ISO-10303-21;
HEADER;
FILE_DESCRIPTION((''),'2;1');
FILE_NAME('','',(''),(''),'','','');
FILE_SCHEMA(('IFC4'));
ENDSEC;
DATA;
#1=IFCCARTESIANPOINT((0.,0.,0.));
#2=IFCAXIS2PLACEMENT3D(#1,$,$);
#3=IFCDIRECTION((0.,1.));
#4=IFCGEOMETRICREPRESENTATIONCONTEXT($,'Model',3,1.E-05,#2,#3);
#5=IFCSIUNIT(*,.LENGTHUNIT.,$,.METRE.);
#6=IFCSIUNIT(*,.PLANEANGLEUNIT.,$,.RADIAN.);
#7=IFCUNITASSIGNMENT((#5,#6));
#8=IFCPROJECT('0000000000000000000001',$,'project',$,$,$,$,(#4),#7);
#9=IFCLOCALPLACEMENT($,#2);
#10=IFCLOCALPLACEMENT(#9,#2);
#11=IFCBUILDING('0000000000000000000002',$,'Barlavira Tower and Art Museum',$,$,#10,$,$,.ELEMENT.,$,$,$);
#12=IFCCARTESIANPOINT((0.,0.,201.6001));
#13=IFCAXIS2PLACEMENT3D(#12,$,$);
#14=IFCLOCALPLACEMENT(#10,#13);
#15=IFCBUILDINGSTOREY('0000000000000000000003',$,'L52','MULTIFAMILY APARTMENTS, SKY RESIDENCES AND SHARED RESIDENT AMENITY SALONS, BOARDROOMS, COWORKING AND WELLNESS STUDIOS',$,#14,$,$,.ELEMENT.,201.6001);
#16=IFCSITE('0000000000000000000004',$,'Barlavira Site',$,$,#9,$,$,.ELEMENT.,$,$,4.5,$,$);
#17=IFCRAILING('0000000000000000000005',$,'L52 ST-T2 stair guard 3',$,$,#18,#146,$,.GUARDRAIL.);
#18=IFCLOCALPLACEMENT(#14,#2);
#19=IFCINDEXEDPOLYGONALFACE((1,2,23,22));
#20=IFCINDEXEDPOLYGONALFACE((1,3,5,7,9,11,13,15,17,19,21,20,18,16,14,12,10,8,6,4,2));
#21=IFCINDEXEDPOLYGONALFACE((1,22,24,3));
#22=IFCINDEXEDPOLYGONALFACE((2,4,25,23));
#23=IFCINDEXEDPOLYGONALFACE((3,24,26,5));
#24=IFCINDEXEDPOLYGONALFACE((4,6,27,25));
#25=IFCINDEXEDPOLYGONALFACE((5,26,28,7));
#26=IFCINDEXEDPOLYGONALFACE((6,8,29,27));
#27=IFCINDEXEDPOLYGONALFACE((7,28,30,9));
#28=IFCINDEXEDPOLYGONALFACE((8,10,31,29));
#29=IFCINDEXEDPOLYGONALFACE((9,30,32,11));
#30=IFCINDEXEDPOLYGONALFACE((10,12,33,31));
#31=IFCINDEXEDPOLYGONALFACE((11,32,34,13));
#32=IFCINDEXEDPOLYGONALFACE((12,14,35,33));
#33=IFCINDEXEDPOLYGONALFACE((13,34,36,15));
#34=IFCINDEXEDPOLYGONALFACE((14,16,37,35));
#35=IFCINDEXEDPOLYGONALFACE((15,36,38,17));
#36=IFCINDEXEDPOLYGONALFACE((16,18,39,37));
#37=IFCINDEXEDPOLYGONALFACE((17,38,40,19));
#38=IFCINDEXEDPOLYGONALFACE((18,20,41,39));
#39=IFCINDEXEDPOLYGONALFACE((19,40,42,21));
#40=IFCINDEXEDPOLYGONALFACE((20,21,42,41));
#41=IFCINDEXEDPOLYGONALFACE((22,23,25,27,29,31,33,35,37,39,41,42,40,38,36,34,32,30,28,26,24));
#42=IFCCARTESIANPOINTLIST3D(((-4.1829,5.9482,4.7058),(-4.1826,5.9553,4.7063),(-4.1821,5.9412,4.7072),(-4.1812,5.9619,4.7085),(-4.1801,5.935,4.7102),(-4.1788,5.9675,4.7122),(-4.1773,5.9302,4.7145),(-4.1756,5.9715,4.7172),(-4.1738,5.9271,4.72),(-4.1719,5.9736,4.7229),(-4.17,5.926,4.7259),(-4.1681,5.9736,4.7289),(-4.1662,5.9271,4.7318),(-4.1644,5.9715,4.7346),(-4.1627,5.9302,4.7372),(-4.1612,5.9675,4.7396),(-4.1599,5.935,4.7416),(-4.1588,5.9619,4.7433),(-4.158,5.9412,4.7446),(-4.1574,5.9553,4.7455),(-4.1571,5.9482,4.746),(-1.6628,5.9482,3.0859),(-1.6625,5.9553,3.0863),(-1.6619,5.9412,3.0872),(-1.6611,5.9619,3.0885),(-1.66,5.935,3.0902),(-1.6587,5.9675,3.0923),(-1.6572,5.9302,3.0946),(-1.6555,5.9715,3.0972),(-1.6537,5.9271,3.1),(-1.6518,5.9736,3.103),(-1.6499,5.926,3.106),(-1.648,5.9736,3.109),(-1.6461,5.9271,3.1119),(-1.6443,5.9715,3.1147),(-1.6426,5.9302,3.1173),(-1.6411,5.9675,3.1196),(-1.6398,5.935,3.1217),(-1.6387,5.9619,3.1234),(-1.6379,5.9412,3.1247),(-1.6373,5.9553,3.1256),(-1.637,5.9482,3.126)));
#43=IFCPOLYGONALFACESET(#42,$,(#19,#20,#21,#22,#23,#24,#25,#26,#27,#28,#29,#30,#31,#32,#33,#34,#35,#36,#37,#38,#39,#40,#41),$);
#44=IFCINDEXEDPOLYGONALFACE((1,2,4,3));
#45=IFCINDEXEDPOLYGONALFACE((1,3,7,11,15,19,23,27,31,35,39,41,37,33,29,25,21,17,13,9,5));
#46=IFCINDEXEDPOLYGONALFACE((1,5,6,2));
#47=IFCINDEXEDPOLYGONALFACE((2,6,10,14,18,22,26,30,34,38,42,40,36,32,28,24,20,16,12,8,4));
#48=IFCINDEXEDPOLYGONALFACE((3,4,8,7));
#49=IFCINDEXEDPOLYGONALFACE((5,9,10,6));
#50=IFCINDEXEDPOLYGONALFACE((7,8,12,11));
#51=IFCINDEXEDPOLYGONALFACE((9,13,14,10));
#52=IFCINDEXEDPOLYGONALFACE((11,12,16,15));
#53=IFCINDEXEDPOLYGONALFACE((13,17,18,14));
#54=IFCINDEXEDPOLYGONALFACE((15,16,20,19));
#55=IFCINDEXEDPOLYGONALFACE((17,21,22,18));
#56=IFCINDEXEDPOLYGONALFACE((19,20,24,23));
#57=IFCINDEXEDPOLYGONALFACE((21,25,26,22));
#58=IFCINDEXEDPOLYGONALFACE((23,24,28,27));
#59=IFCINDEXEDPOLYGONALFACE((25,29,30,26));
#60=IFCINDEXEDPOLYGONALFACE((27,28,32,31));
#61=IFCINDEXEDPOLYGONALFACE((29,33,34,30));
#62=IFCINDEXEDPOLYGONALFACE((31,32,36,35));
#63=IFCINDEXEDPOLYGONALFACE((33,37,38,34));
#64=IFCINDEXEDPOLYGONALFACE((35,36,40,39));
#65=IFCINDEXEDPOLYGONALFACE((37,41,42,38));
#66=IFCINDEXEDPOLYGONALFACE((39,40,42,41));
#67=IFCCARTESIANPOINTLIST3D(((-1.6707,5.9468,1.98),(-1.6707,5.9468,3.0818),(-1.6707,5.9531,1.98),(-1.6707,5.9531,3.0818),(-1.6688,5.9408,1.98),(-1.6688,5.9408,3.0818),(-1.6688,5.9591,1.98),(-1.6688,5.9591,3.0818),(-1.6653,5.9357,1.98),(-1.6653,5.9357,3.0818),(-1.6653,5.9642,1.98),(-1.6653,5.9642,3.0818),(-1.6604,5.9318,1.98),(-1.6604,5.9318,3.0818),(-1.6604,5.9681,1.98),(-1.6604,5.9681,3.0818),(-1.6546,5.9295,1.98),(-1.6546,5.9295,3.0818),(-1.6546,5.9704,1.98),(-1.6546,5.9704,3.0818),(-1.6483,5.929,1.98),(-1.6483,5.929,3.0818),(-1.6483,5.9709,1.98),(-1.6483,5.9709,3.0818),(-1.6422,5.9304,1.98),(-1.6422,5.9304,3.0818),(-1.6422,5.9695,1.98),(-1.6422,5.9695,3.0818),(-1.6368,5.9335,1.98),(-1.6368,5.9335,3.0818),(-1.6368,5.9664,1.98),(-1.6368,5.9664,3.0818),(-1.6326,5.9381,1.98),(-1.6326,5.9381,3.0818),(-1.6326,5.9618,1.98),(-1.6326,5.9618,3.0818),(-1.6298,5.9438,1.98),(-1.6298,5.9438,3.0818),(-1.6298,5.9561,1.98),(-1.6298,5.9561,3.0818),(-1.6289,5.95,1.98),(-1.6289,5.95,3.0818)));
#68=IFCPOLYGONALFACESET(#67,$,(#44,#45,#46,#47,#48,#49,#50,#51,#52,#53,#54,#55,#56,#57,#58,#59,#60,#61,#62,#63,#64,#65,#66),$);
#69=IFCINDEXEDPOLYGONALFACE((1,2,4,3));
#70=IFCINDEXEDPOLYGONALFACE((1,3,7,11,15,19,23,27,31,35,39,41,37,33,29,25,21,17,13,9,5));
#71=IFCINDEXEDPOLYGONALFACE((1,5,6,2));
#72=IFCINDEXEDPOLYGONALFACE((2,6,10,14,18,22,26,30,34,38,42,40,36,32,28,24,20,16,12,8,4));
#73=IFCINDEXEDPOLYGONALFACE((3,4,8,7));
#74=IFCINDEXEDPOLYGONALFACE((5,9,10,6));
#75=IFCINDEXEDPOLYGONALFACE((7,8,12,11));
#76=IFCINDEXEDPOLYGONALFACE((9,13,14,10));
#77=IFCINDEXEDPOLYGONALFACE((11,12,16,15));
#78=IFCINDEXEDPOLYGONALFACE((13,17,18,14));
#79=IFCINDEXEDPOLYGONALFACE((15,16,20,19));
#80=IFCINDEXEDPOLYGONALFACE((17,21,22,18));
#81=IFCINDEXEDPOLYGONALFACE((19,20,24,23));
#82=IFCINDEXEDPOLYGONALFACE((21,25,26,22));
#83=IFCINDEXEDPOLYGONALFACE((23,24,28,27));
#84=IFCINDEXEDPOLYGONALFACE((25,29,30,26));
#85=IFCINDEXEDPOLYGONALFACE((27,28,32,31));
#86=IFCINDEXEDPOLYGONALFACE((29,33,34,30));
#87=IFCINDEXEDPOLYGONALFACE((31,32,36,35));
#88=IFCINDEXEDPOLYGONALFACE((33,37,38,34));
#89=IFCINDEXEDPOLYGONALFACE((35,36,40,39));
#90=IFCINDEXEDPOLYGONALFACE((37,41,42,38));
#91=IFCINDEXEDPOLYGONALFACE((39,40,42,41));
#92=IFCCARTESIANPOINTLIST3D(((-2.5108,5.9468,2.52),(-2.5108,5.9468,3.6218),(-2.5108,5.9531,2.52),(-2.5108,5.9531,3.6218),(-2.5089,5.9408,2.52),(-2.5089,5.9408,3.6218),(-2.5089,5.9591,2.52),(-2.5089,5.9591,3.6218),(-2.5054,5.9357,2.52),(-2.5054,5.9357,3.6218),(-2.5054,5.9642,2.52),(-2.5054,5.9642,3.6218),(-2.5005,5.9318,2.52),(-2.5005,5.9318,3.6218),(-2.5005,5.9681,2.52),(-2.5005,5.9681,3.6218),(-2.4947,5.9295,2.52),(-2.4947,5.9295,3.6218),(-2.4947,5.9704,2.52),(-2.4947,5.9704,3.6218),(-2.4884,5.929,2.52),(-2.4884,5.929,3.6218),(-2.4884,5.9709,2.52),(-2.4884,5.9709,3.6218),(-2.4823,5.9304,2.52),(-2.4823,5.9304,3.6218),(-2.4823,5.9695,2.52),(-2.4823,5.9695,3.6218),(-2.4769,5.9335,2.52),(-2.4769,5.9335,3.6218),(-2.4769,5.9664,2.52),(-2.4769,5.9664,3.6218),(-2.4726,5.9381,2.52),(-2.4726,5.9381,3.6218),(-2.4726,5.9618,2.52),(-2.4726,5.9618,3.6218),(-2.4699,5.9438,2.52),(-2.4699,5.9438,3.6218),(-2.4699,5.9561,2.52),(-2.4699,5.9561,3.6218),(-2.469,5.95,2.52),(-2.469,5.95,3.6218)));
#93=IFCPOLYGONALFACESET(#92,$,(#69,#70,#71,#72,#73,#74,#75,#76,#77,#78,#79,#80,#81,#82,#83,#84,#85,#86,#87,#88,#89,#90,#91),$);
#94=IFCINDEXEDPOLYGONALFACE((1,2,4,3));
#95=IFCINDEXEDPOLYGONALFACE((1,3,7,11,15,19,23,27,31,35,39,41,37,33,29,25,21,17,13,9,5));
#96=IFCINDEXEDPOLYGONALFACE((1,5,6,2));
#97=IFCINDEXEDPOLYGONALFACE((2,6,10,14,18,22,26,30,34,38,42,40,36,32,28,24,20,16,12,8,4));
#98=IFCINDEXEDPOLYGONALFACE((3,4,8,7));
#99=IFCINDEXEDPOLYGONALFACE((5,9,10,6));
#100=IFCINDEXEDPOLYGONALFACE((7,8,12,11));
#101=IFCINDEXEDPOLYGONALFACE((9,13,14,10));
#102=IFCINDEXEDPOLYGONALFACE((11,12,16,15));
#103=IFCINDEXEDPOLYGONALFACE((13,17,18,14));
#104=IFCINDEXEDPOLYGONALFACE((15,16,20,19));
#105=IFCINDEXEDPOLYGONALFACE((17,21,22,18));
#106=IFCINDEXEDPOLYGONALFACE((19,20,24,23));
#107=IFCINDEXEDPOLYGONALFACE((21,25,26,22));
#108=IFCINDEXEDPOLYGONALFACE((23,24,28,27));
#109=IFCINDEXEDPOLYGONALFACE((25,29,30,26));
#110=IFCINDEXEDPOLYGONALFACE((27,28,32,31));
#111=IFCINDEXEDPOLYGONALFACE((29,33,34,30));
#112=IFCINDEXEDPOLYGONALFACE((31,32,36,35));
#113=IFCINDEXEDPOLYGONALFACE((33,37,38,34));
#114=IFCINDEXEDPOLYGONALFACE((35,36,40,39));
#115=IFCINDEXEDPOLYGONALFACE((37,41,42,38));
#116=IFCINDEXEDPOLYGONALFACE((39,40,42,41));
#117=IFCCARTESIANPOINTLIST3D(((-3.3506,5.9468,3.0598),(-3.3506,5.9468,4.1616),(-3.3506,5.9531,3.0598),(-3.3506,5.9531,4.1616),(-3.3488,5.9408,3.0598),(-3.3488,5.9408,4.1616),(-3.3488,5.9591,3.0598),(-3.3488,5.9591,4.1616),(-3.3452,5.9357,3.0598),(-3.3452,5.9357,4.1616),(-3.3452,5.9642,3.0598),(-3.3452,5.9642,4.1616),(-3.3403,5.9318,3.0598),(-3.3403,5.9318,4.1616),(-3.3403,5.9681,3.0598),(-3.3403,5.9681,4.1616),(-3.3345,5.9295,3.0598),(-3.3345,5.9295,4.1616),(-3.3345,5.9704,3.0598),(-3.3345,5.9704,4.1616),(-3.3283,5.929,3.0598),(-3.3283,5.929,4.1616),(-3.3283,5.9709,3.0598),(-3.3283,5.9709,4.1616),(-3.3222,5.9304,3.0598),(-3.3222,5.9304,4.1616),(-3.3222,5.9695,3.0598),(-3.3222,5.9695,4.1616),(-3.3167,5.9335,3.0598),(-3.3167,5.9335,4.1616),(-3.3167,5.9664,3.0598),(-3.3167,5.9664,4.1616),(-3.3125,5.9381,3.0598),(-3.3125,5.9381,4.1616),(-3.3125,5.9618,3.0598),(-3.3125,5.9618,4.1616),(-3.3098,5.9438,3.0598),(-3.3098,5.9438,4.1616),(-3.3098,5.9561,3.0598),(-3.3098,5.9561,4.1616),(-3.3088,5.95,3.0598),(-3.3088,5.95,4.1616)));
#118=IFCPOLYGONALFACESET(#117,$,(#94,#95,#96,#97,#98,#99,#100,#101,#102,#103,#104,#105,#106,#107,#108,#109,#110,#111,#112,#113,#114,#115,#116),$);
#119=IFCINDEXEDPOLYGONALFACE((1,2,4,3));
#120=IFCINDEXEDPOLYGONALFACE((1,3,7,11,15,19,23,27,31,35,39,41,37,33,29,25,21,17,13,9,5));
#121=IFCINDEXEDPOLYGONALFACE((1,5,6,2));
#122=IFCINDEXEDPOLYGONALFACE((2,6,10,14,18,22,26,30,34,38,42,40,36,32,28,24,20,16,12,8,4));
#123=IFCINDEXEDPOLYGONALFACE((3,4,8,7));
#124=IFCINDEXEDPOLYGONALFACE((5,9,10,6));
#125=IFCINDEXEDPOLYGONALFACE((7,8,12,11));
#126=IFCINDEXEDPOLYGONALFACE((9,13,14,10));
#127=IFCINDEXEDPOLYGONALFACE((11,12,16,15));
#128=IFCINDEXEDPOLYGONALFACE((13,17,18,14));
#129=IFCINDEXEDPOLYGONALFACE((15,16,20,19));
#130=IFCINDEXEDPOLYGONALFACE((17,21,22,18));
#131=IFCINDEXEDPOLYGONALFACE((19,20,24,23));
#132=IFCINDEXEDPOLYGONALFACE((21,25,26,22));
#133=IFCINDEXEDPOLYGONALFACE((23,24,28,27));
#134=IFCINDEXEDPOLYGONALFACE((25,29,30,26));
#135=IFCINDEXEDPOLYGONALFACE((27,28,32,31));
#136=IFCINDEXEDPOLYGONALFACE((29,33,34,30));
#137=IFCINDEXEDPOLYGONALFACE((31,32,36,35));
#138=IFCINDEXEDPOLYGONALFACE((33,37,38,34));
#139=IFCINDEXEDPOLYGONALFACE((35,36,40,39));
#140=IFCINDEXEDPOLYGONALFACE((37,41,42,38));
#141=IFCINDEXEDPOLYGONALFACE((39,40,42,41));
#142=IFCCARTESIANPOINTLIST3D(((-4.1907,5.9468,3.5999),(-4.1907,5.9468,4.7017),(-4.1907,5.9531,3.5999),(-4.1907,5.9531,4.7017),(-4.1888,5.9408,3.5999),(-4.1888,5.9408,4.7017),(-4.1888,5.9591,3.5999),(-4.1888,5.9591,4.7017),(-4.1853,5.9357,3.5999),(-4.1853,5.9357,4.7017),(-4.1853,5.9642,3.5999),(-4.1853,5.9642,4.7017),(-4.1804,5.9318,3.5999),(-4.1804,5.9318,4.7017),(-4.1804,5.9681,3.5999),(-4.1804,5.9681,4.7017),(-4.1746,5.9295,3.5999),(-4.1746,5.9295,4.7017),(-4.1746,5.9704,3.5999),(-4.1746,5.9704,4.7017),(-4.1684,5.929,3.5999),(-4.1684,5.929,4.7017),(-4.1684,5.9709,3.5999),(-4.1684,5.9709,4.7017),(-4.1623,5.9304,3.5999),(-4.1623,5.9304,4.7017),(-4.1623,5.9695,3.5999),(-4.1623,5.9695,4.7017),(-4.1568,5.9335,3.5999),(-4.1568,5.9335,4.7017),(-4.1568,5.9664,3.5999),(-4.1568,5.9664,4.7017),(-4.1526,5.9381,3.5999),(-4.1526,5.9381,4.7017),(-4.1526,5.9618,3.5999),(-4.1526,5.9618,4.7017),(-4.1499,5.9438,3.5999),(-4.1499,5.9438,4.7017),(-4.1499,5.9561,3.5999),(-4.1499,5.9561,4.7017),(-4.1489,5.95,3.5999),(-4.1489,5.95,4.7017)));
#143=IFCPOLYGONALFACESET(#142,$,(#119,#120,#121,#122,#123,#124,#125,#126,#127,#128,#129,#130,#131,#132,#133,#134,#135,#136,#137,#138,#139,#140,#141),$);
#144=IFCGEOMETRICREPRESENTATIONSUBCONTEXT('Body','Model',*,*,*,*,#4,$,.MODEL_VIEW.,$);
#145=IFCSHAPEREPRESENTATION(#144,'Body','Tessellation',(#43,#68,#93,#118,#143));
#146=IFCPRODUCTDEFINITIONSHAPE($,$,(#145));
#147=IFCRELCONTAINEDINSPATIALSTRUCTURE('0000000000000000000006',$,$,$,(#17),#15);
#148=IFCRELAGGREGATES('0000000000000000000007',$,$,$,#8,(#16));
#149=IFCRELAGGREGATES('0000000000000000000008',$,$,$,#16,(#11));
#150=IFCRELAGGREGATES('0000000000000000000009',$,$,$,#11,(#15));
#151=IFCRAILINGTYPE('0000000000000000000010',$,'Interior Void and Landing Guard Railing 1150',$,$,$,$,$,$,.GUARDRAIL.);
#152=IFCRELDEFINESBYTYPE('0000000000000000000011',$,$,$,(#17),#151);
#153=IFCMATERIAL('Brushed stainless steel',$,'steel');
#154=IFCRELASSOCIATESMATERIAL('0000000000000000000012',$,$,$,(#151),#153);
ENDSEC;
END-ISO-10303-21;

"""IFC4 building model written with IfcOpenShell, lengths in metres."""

from ifc_helpers import new_model, si_unit, direction, frame, origin, origin_2d, place, context, subcontext, project, spatial, circle, extrude, material, type_object, element, save


model = new_model("IFC4")

# Units and contexts
model_context = context("Model", 3, precision=1e-05, world=origin(), true_north=direction((0.0, 1.0)))
body_context = subcontext(model_context, "Body", "Model", "MODEL_VIEW")
ifc_project = project(units=[si_unit("LENGTHUNIT", "METRE"), si_unit("PLANEANGLEUNIT", "RADIAN")], contexts=[model_context])

# Site, building, storey
site_placement = place(None, origin())
site = spatial("IfcSite", under=ifc_project, at=site_placement, Name="Barlavira Site", CompositionType="ELEMENT", RefElevation=4.5)
building_placement = place(site_placement, origin())
building = spatial("IfcBuilding", under=site, at=building_placement, Name="Barlavira Tower and Art Museum", CompositionType="ELEMENT")
storey_placement = place(building_placement, frame((0.0, 0.0, 201.6001)))
storey = spatial("IfcBuildingStorey", under=building, at=storey_placement, Name="L52", Description="MULTIFAMILY APARTMENTS, SKY RESIDENCES AND SHARED RESIDENT AMENITY SALONS, BOARDROOMS, COWORKING AND WELLNESS STUDIOS", CompositionType="ELEMENT", Elevation=201.6001)

# Shared definitions
ifc_material_1 = material(Name="Brushed stainless steel", Category="steel")

# Railing
railing_type_1 = type_object("IfcRailingType", Name="Interior Void and Landing Guard Railing 1150", PredefinedType="GUARDRAIL", material=ifc_material_1)
railing_1_placement = place(storey_placement, frame((-1.6499, 5.95, 1.98)))
element("IfcRailing", 1, at=railing_1_placement, inside=storey, type_object=railing_type_1, Name="L52 ST-T2 stair guard 3", PredefinedType="GUARDRAIL", context=body_context, shape_type="SweptSolid", body=[
    extrude(circle(Radius=0.0239, at=origin_2d()), frame((0.0, 0.0, 1.126), z_axis=(-0.8412, 0.0, 0.540725), x_axis=(0.0, -1.0, 0.0)), (0.0, 0.0, 1.0), 2.9958),
    extrude(circle(Radius=0.021, at=origin_2d()), origin(), (0.0, 0.0, 1.0), 1.1018),
    extrude(circle(Radius=0.021, at=origin_2d()), frame((-0.8401, 0.0, 0.54)), (0.0, 0.0, 1.0), 1.1018),
    extrude(circle(Radius=0.021, at=origin_2d()), frame((-1.6799, 0.0, 1.0798)), (0.0, 0.0, 1.0), 1.1018),
    extrude(circle(Radius=0.021, at=origin_2d()), frame((-2.52, 0.0, 1.6199)), (0.0, 0.0, 1.0), 1.1018),
])

save(model, "model.ifc")
